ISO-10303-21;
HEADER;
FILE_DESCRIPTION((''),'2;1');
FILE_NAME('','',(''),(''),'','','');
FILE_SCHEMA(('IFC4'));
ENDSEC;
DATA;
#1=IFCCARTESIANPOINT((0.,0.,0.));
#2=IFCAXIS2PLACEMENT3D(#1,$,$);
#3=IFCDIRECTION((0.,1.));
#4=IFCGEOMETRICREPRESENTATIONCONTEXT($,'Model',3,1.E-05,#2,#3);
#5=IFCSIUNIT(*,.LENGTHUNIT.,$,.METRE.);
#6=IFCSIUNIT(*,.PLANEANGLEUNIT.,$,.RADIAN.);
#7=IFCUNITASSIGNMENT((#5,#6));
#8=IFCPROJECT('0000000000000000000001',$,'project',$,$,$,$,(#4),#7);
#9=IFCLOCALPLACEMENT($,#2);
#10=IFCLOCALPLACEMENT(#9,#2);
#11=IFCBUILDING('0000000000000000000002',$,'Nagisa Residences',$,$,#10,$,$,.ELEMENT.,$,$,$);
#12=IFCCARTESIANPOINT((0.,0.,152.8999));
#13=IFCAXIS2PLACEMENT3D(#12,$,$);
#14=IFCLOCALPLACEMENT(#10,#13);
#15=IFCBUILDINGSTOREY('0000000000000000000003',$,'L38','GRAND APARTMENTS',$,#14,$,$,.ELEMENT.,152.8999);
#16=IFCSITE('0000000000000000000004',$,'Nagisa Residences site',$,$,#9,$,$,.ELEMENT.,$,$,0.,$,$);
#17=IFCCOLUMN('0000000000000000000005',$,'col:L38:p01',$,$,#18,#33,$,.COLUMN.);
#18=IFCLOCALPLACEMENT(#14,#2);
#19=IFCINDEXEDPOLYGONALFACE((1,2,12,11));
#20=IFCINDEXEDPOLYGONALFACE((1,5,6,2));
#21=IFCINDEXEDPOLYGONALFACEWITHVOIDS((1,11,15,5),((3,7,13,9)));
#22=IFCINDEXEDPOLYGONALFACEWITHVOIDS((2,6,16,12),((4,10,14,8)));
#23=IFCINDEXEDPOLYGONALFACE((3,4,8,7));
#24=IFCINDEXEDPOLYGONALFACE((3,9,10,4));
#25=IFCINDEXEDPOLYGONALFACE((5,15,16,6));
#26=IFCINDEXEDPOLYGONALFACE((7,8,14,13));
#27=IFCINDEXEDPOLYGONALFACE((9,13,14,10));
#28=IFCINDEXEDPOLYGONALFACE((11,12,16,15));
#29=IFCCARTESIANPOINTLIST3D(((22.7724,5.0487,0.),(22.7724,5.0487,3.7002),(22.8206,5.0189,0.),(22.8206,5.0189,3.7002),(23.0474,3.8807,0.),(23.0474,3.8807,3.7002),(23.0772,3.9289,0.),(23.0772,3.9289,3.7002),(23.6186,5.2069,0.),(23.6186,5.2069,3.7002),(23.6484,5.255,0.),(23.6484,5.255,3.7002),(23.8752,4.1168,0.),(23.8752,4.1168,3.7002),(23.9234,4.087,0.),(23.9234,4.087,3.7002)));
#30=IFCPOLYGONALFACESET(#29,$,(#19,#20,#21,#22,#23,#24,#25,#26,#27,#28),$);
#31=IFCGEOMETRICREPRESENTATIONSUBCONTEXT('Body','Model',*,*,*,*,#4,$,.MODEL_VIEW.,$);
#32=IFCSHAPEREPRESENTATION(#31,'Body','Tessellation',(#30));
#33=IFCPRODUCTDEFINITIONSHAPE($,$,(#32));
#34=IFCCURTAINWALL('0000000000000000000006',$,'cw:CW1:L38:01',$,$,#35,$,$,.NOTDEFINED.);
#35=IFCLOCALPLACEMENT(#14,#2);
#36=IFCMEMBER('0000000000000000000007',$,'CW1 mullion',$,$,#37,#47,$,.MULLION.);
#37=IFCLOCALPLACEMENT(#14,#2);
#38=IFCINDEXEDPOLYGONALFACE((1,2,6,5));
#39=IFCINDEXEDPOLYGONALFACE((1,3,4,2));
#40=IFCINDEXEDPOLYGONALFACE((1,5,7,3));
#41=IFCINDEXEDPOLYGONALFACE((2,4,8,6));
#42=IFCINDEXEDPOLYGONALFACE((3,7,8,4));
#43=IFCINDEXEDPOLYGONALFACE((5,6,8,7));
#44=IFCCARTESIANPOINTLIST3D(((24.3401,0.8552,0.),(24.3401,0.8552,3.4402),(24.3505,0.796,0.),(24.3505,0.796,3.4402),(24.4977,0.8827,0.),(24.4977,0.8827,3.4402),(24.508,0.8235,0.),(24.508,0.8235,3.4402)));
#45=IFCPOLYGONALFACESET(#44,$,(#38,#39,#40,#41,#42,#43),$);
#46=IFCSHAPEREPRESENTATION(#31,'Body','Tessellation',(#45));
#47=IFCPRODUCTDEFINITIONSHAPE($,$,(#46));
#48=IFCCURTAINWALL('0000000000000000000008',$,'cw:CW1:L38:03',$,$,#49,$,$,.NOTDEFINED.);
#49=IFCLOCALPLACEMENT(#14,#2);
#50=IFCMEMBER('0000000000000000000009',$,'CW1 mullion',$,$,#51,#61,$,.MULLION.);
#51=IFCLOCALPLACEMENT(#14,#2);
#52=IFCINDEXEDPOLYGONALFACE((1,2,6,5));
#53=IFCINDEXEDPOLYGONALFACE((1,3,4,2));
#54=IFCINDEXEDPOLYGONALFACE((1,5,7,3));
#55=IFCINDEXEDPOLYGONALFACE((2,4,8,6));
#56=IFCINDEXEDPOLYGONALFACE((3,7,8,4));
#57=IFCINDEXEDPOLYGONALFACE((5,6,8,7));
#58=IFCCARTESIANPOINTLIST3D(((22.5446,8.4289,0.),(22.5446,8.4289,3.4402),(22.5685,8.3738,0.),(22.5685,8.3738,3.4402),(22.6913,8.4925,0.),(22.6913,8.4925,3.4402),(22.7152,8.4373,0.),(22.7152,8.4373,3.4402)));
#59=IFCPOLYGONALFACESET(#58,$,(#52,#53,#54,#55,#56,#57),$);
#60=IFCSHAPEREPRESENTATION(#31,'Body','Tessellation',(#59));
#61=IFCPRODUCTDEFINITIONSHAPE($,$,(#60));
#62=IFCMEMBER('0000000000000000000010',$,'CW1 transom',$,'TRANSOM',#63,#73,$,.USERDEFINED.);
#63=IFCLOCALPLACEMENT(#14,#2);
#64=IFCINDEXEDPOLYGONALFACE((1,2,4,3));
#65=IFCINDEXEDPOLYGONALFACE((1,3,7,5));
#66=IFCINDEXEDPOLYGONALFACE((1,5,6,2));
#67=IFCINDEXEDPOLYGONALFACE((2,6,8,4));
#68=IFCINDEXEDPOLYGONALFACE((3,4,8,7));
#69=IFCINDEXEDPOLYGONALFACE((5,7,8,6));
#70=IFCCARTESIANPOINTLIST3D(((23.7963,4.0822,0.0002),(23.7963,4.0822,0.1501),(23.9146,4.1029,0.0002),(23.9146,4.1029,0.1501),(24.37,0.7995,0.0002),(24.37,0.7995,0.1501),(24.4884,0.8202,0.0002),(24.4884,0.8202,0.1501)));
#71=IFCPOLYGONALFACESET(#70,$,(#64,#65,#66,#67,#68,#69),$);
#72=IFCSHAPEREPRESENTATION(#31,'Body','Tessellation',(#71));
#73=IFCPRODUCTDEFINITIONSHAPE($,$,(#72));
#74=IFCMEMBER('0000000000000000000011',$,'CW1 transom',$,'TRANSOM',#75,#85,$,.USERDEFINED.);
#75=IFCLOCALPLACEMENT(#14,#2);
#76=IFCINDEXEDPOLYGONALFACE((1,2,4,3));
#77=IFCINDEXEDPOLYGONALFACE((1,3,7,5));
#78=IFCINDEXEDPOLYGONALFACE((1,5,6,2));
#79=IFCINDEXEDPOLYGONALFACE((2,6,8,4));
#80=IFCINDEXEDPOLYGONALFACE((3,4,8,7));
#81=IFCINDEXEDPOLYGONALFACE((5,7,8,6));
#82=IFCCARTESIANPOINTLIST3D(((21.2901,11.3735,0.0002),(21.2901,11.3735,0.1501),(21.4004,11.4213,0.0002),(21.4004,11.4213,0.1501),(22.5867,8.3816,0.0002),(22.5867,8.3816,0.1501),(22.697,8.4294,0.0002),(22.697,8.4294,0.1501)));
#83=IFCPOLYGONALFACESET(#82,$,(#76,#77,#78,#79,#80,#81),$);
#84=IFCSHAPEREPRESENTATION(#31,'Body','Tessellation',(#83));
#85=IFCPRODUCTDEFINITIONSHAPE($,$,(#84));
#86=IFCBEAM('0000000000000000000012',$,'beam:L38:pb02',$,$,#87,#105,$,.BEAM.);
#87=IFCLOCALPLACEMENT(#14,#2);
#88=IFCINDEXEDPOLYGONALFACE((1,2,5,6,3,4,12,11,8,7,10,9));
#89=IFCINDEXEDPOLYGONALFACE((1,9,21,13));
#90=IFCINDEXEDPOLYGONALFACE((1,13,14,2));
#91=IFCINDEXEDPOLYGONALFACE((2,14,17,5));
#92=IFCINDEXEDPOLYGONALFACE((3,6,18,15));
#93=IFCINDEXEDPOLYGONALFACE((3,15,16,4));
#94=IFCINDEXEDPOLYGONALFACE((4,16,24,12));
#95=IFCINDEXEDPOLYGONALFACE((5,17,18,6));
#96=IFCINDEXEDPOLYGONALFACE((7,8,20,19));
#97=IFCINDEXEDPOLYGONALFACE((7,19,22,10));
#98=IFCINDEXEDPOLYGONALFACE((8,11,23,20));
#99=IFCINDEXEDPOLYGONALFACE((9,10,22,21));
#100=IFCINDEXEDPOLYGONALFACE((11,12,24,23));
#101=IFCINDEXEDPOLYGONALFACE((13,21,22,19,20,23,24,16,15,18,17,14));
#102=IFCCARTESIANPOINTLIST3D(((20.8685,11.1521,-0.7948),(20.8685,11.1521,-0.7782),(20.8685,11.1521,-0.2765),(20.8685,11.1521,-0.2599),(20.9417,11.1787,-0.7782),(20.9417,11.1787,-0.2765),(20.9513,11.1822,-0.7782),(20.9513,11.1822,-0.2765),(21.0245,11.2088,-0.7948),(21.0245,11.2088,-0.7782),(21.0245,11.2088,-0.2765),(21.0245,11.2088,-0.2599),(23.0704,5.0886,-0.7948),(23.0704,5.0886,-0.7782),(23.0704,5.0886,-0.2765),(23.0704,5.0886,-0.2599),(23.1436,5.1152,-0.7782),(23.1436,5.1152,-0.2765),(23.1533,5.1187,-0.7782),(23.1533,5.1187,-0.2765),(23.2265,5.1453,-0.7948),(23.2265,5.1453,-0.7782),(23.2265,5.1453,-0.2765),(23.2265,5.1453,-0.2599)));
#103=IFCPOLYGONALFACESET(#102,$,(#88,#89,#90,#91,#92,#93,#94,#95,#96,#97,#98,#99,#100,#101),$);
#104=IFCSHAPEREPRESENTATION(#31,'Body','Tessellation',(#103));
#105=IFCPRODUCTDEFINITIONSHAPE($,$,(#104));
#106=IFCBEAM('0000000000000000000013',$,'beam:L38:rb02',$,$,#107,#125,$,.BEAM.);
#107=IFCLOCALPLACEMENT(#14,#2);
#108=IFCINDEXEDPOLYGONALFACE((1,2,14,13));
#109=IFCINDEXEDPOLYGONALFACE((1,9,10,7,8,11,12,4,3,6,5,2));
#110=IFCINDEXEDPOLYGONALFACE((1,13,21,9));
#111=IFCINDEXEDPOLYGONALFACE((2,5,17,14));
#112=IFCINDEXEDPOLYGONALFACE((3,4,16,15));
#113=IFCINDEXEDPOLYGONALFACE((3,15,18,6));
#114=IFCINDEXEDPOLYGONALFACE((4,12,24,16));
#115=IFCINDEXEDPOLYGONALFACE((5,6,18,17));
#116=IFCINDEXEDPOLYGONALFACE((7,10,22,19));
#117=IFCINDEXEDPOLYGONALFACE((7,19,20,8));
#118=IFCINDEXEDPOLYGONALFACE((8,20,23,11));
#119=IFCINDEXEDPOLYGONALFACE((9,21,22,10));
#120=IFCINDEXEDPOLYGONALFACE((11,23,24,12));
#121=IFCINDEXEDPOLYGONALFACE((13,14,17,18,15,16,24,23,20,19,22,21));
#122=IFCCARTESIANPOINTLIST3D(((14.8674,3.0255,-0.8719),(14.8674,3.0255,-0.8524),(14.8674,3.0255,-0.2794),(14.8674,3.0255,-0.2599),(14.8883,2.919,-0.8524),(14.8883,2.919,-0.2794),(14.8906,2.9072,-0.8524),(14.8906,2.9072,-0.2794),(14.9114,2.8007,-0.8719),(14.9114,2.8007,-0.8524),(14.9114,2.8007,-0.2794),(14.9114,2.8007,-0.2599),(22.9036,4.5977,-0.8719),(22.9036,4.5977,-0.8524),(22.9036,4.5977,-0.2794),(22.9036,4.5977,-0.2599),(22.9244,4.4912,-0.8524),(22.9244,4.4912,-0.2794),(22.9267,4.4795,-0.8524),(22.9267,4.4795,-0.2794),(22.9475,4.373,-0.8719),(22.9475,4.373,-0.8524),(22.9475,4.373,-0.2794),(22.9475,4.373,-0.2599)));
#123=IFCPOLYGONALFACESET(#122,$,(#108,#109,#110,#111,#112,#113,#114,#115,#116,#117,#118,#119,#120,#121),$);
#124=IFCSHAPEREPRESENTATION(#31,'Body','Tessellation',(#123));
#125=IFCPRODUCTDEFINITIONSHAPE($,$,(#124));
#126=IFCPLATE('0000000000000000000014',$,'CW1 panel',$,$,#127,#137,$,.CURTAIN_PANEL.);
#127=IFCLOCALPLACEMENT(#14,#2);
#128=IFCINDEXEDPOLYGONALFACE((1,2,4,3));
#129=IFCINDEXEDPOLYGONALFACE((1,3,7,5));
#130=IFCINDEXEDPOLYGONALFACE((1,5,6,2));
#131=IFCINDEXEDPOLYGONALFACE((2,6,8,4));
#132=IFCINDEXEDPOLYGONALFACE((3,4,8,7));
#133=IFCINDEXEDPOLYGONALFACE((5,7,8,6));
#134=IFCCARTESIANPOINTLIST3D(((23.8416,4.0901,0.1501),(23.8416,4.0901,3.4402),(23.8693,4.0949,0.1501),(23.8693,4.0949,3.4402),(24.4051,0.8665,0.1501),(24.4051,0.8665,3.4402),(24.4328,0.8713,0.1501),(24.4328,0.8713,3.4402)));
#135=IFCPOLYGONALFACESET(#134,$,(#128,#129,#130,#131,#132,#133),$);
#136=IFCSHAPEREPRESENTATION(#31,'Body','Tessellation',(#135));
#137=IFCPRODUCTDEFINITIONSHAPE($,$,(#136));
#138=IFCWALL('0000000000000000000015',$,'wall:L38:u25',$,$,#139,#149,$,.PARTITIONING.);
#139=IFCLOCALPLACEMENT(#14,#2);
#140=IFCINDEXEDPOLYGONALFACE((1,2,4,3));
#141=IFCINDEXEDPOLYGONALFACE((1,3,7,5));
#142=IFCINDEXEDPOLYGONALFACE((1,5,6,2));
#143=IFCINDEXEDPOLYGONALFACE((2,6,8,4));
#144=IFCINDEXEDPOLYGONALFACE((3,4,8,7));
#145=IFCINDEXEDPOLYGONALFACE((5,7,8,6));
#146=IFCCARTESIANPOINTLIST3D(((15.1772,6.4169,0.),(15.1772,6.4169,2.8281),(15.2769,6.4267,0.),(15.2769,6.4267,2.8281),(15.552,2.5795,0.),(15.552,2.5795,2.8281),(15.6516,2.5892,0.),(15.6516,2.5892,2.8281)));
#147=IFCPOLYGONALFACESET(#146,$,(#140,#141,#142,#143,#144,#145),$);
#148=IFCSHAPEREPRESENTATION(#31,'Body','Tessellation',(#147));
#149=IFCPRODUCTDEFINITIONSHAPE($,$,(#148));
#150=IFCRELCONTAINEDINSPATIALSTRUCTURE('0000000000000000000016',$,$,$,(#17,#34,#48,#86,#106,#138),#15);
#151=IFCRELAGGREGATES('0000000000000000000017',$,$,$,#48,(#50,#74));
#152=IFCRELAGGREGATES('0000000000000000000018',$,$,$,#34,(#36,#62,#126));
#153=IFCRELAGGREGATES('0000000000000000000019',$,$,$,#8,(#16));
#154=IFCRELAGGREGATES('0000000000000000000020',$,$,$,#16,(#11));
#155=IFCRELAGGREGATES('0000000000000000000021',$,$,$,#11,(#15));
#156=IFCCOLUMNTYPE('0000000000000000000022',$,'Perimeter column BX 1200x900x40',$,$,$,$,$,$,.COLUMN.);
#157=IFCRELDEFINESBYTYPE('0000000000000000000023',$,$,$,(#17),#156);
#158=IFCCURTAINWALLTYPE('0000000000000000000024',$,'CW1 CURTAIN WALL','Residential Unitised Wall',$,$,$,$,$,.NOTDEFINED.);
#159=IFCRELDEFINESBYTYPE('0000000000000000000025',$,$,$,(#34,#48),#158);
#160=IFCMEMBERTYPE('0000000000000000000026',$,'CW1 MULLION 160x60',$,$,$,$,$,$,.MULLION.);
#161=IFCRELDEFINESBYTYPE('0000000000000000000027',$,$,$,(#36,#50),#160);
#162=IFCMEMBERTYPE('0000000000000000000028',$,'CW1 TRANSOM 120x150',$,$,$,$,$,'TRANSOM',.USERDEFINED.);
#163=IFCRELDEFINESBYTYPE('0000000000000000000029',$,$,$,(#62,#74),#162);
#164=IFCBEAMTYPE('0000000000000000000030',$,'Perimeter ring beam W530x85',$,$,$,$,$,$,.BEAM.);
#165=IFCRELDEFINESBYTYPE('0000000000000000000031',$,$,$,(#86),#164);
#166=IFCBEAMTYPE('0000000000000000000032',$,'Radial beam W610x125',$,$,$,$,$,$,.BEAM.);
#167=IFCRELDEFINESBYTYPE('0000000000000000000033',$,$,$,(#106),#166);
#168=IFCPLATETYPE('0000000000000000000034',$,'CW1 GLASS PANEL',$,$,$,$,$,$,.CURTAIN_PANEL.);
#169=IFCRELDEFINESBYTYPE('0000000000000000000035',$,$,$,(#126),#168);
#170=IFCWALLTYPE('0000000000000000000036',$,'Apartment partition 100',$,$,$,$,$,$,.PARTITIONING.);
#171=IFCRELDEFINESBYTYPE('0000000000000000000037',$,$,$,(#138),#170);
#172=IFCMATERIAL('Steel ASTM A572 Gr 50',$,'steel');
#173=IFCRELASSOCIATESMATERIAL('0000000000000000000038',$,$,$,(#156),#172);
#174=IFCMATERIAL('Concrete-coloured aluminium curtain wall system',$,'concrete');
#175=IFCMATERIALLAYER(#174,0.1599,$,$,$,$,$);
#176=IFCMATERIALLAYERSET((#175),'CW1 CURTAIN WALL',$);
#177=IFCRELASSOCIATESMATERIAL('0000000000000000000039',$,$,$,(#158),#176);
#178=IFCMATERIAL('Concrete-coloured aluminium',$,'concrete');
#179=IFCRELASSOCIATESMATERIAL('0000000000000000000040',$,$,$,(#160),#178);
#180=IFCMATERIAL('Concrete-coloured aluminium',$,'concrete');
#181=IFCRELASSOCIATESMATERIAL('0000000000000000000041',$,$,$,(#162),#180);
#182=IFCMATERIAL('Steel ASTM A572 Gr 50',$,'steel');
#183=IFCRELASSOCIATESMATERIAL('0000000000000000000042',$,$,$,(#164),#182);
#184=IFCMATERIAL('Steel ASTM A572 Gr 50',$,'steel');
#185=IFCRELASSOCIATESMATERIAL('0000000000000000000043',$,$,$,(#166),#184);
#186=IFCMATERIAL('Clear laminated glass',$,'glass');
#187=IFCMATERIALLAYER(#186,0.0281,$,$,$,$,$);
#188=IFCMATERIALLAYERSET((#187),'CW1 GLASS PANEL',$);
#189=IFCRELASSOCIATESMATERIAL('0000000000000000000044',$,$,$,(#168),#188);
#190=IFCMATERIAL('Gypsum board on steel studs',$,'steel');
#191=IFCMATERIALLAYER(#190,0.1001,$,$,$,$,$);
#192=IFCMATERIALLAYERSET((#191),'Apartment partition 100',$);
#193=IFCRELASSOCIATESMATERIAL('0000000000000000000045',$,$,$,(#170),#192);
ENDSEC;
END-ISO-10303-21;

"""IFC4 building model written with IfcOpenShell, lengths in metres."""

from ifc_helpers import new_model, si_unit, direction, frame, frame_2d, origin, origin_2d, place, context, subcontext, project, spatial, rectangle, hollow_rectangle, i_section, extrude, material, layer, layer_set, material_profile, profile_set, type_object, element, aggregate, save


model = new_model("IFC4")

# Units and contexts
model_context = context("Model", 3, precision=1e-05, world=origin(), true_north=direction((0.0, 1.0)))
body_context = subcontext(model_context, "Body", "Model", "MODEL_VIEW")
ifc_project = project(units=[si_unit("LENGTHUNIT", "METRE"), si_unit("PLANEANGLEUNIT", "RADIAN")], contexts=[model_context])

# Site, building, storey
site_placement = place(None, origin())
site = spatial("IfcSite", under=ifc_project, at=site_placement, Name="Nagisa Residences site", CompositionType="ELEMENT", RefElevation=0.0)
building_placement = place(site_placement, origin())
building = spatial("IfcBuilding", under=site, at=building_placement, Name="Nagisa Residences", CompositionType="ELEMENT")
storey_placement = place(building_placement, frame((0.0, 0.0, 152.8999)))
storey = spatial("IfcBuildingStorey", under=building, at=storey_placement, Name="L38", Description="GRAND APARTMENTS", CompositionType="ELEMENT", Elevation=152.8999)

# Column
ifc_material_1 = material(Name="Steel ASTM A572 Gr 50", Category="steel")
ifc_material_profile_1 = material_profile(ifc_material_1, hollow_rectangle(XDim=1.2, YDim=0.8999, WallThickness=0.04, at=origin_2d()), Name="BX 1200x900x40")
ifc_profile_set_1 = profile_set([ifc_material_profile_1], Name="Steel ASTM A572 Gr 50")
column_type = type_object("IfcColumnType", Name="Perimeter column BX 1200x900x40", PredefinedType="COLUMN", material=ifc_profile_set_1)
column_placement = place(storey_placement, frame((23.3479, 4.5679, 0.0), z_axis=(0.0, 0.0, 1.0), x_axis=(-0.229202, 0.973379, 0.0)))
element("IfcColumn", 1, at=column_placement, inside=storey, type_object=column_type, Name="col:L38:p01", PredefinedType="COLUMN", context=body_context, shape_type="SweptSolid", body=[
    extrude(hollow_rectangle(XDim=1.2, YDim=0.8999, WallThickness=0.04, at=origin_2d()), origin(), (0.0, 0.0, 1.0), 3.7002),
])

# Curtain walls, members
ifc_material_2 = material(Name="Concrete-coloured aluminium curtain wall system", Category="concrete")
ifc_layer_1 = layer(ifc_material_2, 0.1599)
ifc_layer_set_1 = layer_set([ifc_layer_1], Name="CW1 CURTAIN WALL")
curtain_wall_type = type_object("IfcCurtainWallType", Name="CW1 CURTAIN WALL", Description="Residential Unitised Wall", PredefinedType="NOTDEFINED", material=ifc_layer_set_1)
curtain_wall_1_placement = place(storey_placement, origin())
curtain_wall_1 = element("IfcCurtainWall", 2, at=curtain_wall_1_placement, inside=storey, type_object=curtain_wall_type, Name="cw:CW1:L38:01", PredefinedType="NOTDEFINED")
ifc_material_3 = material(Name="Concrete-coloured aluminium", Category="concrete")
ifc_material_profile_2 = material_profile(ifc_material_3, rectangle(XDim=0.1599, YDim=0.0601, at=origin_2d()), Name="CW1 MULLION 160x60")
ifc_profile_set_2 = profile_set([ifc_material_profile_2], Name="Concrete-coloured aluminium")
member_type_1 = type_object("IfcMemberType", Name="CW1 MULLION 160x60", PredefinedType="MULLION", material=ifc_profile_set_2)
member_1_placement = place(storey_placement, frame((24.4241, 0.8394, 0.0), z_axis=(0.0, 0.0, 1.0), x_axis=(-0.985064, -0.172191, 0.0)))
member_1 = element("IfcMember", 3, at=member_1_placement, type_object=member_type_1, Name="CW1 mullion", PredefinedType="MULLION", context=body_context, shape_type="SweptSolid", body=[
    extrude(rectangle(XDim=0.1599, YDim=0.0601, at=origin_2d()), origin(), (0.0, 0.0, 1.0), 3.4402),
])
curtain_wall_2_placement = place(storey_placement, origin())
curtain_wall_2 = element("IfcCurtainWall", 4, at=curtain_wall_2_placement, inside=storey, type_object=curtain_wall_type, Name="cw:CW1:L38:03", PredefinedType="NOTDEFINED")
member_2_placement = place(storey_placement, frame((22.6299, 8.4331, 0.0), z_axis=(0.0, 0.0, 1.0), x_axis=(-0.917543, -0.397636, 0.0)))
member_2 = element("IfcMember", 5, at=member_2_placement, type_object=member_type_1, Name="CW1 mullion", PredefinedType="MULLION", context=body_context, shape_type="SweptSolid", body=[
    extrude(rectangle(XDim=0.1599, YDim=0.0601, at=origin_2d()), origin(), (0.0, 0.0, 1.0), 3.4402),
])

# Members
ifc_material_4 = material(Name="Concrete-coloured aluminium", Category="concrete")
ifc_material_profile_3 = material_profile(ifc_material_4, rectangle(XDim=0.1201, YDim=0.1499, at=origin_2d()), Name="CW1 TRANSOM 120x150")
ifc_profile_set_3 = profile_set([ifc_material_profile_3], Name="Concrete-coloured aluminium")
member_type_2 = type_object("IfcMemberType", Name="CW1 TRANSOM 120x150", ElementType="TRANSOM", PredefinedType="USERDEFINED", material=ifc_profile_set_3)
member_3_placement = place(storey_placement, frame((24.4292, 0.8098, 0.0752), z_axis=(-0.172164, 0.985068, 0.0), x_axis=(-0.985068, -0.172164, 0.0)))
member_3 = element("IfcMember", 6, at=member_3_placement, type_object=member_type_2, Name="CW1 transom", ObjectType="TRANSOM", PredefinedType="USERDEFINED", context=body_context, shape_type="SweptSolid", body=[
    extrude(rectangle(XDim=0.1201, YDim=0.1499, at=origin_2d()), origin(), (0.0, 0.0, 1.0), 3.3325),
])
member_4_placement = place(storey_placement, frame((22.6418, 8.4055, 0.0752), z_axis=(-0.397639, 0.917542, 0.0), x_axis=(-0.917542, -0.397639, 0.0)))
member_4 = element("IfcMember", 7, at=member_4_placement, type_object=member_type_2, Name="CW1 transom", ObjectType="TRANSOM", PredefinedType="USERDEFINED", context=body_context, shape_type="SweptSolid", body=[
    extrude(rectangle(XDim=0.1201, YDim=0.1499, at=origin_2d()), origin(), (0.0, 0.0, 1.0), 3.2607),
])
aggregate(curtain_wall_2, [member_2, member_4])

# Beams
ifc_material_5 = material(Name="Steel ASTM A572 Gr 50", Category="steel")
ifc_material_profile_4 = material_profile(ifc_material_5, i_section(OverallWidth=0.166, OverallDepth=0.5349, WebThickness=0.0103, FlangeThickness=0.0166, at=origin_2d()), Name="W530x85")
ifc_profile_set_4 = profile_set([ifc_material_profile_4], Name="Steel ASTM A572 Gr 50")
beam_type_1 = type_object("IfcBeamType", Name="Perimeter ring beam W530x85", PredefinedType="BEAM", material=ifc_profile_set_4)
beam_1_placement = place(storey_placement, frame((23.1484, 5.1169, -0.5273), z_axis=(-0.341333, 0.939943, 0.0), x_axis=(-0.939943, -0.341333, 0.0)))
element("IfcBeam", 8, at=beam_1_placement, inside=storey, type_object=beam_type_1, Name="beam:L38:pb02", PredefinedType="BEAM", context=body_context, shape_type="SweptSolid", body=[
    extrude(i_section(OverallWidth=0.166, OverallDepth=0.5349, WebThickness=0.0103, FlangeThickness=0.0166, at=origin_2d()), origin(), (0.0, 0.0, 1.0), 6.4509),
])
ifc_material_6 = material(Name="Steel ASTM A572 Gr 50", Category="steel")
ifc_material_profile_5 = material_profile(ifc_material_6, i_section(OverallWidth=0.229, OverallDepth=0.6121, WebThickness=0.012, FlangeThickness=0.0195, at=origin_2d()), Name="W610x125")
ifc_profile_set_5 = profile_set([ifc_material_profile_5], Name="Steel ASTM A572 Gr 50")
beam_type_2 = type_object("IfcBeamType", Name="Radial beam W610x125", PredefinedType="BEAM", material=ifc_profile_set_5)
beam_2_placement = place(storey_placement, frame((22.9255, 4.4854, -0.5659), z_axis=(-0.981393, -0.192009, 0.0), x_axis=(0.192009, -0.981393, 0.0)))
element("IfcBeam", 9, at=beam_2_placement, inside=storey, type_object=beam_type_2, Name="beam:L38:rb02", PredefinedType="BEAM", context=body_context, shape_type="SweptSolid", body=[
    extrude(i_section(OverallWidth=0.229, OverallDepth=0.6121, WebThickness=0.012, FlangeThickness=0.0195, at=origin_2d()), origin(), (0.0, 0.0, 1.0), 8.1885),
])

# Plate
ifc_material_7 = material(Name="Clear laminated glass", Category="glass")
ifc_layer_2 = layer(ifc_material_7, 0.0281)
ifc_layer_set_2 = layer_set([ifc_layer_2], Name="CW1 GLASS PANEL")
plate_type = type_object("IfcPlateType", Name="CW1 GLASS PANEL", PredefinedType="CURTAIN_PANEL", material=ifc_layer_set_2)
plate_placement = place(storey_placement, frame((24.1372, 2.4807, 0.1501), z_axis=(0.0, 0.0, 1.0), x_axis=(-0.172191, 0.985064, 0.0)))
plate = element("IfcPlate", 10, at=plate_placement, type_object=plate_type, Name="CW1 panel", PredefinedType="CURTAIN_PANEL", context=body_context, shape_type="SweptSolid", body=[
    extrude(rectangle(XDim=3.2725, YDim=0.0281, at=origin_2d()), origin(), (0.0, 0.0, 1.0), 3.29),
])
aggregate(curtain_wall_1, [member_1, member_3, plate])

# Wall
ifc_material_8 = material(Name="Gypsum board on steel studs", Category="steel")
ifc_layer_3 = layer(ifc_material_8, 0.1001)
ifc_layer_set_3 = layer_set([ifc_layer_3], Name="Apartment partition 100")
wall_type_1 = type_object("IfcWallType", Name="Apartment partition 100", PredefinedType="PARTITIONING", material=ifc_layer_set_3)
wall_1_placement = place(storey_placement, frame((15.6018, 2.5845, 0.0), z_axis=(0.0, 0.0, 1.0), x_axis=(-0.097196, 0.995265, 0.0)))
element("IfcWall", 11, at=wall_1_placement, inside=storey, type_object=wall_type_1, Name="wall:L38:u25", PredefinedType="PARTITIONING", context=body_context, shape_type="SweptSolid", body=[
    extrude(rectangle(XDim=3.8557, YDim=0.1001, at=frame_2d((1.9277, 0.0))), origin(), (0.0, 0.0, 1.0), 2.8281),
])

save(model, "model.ifc")
